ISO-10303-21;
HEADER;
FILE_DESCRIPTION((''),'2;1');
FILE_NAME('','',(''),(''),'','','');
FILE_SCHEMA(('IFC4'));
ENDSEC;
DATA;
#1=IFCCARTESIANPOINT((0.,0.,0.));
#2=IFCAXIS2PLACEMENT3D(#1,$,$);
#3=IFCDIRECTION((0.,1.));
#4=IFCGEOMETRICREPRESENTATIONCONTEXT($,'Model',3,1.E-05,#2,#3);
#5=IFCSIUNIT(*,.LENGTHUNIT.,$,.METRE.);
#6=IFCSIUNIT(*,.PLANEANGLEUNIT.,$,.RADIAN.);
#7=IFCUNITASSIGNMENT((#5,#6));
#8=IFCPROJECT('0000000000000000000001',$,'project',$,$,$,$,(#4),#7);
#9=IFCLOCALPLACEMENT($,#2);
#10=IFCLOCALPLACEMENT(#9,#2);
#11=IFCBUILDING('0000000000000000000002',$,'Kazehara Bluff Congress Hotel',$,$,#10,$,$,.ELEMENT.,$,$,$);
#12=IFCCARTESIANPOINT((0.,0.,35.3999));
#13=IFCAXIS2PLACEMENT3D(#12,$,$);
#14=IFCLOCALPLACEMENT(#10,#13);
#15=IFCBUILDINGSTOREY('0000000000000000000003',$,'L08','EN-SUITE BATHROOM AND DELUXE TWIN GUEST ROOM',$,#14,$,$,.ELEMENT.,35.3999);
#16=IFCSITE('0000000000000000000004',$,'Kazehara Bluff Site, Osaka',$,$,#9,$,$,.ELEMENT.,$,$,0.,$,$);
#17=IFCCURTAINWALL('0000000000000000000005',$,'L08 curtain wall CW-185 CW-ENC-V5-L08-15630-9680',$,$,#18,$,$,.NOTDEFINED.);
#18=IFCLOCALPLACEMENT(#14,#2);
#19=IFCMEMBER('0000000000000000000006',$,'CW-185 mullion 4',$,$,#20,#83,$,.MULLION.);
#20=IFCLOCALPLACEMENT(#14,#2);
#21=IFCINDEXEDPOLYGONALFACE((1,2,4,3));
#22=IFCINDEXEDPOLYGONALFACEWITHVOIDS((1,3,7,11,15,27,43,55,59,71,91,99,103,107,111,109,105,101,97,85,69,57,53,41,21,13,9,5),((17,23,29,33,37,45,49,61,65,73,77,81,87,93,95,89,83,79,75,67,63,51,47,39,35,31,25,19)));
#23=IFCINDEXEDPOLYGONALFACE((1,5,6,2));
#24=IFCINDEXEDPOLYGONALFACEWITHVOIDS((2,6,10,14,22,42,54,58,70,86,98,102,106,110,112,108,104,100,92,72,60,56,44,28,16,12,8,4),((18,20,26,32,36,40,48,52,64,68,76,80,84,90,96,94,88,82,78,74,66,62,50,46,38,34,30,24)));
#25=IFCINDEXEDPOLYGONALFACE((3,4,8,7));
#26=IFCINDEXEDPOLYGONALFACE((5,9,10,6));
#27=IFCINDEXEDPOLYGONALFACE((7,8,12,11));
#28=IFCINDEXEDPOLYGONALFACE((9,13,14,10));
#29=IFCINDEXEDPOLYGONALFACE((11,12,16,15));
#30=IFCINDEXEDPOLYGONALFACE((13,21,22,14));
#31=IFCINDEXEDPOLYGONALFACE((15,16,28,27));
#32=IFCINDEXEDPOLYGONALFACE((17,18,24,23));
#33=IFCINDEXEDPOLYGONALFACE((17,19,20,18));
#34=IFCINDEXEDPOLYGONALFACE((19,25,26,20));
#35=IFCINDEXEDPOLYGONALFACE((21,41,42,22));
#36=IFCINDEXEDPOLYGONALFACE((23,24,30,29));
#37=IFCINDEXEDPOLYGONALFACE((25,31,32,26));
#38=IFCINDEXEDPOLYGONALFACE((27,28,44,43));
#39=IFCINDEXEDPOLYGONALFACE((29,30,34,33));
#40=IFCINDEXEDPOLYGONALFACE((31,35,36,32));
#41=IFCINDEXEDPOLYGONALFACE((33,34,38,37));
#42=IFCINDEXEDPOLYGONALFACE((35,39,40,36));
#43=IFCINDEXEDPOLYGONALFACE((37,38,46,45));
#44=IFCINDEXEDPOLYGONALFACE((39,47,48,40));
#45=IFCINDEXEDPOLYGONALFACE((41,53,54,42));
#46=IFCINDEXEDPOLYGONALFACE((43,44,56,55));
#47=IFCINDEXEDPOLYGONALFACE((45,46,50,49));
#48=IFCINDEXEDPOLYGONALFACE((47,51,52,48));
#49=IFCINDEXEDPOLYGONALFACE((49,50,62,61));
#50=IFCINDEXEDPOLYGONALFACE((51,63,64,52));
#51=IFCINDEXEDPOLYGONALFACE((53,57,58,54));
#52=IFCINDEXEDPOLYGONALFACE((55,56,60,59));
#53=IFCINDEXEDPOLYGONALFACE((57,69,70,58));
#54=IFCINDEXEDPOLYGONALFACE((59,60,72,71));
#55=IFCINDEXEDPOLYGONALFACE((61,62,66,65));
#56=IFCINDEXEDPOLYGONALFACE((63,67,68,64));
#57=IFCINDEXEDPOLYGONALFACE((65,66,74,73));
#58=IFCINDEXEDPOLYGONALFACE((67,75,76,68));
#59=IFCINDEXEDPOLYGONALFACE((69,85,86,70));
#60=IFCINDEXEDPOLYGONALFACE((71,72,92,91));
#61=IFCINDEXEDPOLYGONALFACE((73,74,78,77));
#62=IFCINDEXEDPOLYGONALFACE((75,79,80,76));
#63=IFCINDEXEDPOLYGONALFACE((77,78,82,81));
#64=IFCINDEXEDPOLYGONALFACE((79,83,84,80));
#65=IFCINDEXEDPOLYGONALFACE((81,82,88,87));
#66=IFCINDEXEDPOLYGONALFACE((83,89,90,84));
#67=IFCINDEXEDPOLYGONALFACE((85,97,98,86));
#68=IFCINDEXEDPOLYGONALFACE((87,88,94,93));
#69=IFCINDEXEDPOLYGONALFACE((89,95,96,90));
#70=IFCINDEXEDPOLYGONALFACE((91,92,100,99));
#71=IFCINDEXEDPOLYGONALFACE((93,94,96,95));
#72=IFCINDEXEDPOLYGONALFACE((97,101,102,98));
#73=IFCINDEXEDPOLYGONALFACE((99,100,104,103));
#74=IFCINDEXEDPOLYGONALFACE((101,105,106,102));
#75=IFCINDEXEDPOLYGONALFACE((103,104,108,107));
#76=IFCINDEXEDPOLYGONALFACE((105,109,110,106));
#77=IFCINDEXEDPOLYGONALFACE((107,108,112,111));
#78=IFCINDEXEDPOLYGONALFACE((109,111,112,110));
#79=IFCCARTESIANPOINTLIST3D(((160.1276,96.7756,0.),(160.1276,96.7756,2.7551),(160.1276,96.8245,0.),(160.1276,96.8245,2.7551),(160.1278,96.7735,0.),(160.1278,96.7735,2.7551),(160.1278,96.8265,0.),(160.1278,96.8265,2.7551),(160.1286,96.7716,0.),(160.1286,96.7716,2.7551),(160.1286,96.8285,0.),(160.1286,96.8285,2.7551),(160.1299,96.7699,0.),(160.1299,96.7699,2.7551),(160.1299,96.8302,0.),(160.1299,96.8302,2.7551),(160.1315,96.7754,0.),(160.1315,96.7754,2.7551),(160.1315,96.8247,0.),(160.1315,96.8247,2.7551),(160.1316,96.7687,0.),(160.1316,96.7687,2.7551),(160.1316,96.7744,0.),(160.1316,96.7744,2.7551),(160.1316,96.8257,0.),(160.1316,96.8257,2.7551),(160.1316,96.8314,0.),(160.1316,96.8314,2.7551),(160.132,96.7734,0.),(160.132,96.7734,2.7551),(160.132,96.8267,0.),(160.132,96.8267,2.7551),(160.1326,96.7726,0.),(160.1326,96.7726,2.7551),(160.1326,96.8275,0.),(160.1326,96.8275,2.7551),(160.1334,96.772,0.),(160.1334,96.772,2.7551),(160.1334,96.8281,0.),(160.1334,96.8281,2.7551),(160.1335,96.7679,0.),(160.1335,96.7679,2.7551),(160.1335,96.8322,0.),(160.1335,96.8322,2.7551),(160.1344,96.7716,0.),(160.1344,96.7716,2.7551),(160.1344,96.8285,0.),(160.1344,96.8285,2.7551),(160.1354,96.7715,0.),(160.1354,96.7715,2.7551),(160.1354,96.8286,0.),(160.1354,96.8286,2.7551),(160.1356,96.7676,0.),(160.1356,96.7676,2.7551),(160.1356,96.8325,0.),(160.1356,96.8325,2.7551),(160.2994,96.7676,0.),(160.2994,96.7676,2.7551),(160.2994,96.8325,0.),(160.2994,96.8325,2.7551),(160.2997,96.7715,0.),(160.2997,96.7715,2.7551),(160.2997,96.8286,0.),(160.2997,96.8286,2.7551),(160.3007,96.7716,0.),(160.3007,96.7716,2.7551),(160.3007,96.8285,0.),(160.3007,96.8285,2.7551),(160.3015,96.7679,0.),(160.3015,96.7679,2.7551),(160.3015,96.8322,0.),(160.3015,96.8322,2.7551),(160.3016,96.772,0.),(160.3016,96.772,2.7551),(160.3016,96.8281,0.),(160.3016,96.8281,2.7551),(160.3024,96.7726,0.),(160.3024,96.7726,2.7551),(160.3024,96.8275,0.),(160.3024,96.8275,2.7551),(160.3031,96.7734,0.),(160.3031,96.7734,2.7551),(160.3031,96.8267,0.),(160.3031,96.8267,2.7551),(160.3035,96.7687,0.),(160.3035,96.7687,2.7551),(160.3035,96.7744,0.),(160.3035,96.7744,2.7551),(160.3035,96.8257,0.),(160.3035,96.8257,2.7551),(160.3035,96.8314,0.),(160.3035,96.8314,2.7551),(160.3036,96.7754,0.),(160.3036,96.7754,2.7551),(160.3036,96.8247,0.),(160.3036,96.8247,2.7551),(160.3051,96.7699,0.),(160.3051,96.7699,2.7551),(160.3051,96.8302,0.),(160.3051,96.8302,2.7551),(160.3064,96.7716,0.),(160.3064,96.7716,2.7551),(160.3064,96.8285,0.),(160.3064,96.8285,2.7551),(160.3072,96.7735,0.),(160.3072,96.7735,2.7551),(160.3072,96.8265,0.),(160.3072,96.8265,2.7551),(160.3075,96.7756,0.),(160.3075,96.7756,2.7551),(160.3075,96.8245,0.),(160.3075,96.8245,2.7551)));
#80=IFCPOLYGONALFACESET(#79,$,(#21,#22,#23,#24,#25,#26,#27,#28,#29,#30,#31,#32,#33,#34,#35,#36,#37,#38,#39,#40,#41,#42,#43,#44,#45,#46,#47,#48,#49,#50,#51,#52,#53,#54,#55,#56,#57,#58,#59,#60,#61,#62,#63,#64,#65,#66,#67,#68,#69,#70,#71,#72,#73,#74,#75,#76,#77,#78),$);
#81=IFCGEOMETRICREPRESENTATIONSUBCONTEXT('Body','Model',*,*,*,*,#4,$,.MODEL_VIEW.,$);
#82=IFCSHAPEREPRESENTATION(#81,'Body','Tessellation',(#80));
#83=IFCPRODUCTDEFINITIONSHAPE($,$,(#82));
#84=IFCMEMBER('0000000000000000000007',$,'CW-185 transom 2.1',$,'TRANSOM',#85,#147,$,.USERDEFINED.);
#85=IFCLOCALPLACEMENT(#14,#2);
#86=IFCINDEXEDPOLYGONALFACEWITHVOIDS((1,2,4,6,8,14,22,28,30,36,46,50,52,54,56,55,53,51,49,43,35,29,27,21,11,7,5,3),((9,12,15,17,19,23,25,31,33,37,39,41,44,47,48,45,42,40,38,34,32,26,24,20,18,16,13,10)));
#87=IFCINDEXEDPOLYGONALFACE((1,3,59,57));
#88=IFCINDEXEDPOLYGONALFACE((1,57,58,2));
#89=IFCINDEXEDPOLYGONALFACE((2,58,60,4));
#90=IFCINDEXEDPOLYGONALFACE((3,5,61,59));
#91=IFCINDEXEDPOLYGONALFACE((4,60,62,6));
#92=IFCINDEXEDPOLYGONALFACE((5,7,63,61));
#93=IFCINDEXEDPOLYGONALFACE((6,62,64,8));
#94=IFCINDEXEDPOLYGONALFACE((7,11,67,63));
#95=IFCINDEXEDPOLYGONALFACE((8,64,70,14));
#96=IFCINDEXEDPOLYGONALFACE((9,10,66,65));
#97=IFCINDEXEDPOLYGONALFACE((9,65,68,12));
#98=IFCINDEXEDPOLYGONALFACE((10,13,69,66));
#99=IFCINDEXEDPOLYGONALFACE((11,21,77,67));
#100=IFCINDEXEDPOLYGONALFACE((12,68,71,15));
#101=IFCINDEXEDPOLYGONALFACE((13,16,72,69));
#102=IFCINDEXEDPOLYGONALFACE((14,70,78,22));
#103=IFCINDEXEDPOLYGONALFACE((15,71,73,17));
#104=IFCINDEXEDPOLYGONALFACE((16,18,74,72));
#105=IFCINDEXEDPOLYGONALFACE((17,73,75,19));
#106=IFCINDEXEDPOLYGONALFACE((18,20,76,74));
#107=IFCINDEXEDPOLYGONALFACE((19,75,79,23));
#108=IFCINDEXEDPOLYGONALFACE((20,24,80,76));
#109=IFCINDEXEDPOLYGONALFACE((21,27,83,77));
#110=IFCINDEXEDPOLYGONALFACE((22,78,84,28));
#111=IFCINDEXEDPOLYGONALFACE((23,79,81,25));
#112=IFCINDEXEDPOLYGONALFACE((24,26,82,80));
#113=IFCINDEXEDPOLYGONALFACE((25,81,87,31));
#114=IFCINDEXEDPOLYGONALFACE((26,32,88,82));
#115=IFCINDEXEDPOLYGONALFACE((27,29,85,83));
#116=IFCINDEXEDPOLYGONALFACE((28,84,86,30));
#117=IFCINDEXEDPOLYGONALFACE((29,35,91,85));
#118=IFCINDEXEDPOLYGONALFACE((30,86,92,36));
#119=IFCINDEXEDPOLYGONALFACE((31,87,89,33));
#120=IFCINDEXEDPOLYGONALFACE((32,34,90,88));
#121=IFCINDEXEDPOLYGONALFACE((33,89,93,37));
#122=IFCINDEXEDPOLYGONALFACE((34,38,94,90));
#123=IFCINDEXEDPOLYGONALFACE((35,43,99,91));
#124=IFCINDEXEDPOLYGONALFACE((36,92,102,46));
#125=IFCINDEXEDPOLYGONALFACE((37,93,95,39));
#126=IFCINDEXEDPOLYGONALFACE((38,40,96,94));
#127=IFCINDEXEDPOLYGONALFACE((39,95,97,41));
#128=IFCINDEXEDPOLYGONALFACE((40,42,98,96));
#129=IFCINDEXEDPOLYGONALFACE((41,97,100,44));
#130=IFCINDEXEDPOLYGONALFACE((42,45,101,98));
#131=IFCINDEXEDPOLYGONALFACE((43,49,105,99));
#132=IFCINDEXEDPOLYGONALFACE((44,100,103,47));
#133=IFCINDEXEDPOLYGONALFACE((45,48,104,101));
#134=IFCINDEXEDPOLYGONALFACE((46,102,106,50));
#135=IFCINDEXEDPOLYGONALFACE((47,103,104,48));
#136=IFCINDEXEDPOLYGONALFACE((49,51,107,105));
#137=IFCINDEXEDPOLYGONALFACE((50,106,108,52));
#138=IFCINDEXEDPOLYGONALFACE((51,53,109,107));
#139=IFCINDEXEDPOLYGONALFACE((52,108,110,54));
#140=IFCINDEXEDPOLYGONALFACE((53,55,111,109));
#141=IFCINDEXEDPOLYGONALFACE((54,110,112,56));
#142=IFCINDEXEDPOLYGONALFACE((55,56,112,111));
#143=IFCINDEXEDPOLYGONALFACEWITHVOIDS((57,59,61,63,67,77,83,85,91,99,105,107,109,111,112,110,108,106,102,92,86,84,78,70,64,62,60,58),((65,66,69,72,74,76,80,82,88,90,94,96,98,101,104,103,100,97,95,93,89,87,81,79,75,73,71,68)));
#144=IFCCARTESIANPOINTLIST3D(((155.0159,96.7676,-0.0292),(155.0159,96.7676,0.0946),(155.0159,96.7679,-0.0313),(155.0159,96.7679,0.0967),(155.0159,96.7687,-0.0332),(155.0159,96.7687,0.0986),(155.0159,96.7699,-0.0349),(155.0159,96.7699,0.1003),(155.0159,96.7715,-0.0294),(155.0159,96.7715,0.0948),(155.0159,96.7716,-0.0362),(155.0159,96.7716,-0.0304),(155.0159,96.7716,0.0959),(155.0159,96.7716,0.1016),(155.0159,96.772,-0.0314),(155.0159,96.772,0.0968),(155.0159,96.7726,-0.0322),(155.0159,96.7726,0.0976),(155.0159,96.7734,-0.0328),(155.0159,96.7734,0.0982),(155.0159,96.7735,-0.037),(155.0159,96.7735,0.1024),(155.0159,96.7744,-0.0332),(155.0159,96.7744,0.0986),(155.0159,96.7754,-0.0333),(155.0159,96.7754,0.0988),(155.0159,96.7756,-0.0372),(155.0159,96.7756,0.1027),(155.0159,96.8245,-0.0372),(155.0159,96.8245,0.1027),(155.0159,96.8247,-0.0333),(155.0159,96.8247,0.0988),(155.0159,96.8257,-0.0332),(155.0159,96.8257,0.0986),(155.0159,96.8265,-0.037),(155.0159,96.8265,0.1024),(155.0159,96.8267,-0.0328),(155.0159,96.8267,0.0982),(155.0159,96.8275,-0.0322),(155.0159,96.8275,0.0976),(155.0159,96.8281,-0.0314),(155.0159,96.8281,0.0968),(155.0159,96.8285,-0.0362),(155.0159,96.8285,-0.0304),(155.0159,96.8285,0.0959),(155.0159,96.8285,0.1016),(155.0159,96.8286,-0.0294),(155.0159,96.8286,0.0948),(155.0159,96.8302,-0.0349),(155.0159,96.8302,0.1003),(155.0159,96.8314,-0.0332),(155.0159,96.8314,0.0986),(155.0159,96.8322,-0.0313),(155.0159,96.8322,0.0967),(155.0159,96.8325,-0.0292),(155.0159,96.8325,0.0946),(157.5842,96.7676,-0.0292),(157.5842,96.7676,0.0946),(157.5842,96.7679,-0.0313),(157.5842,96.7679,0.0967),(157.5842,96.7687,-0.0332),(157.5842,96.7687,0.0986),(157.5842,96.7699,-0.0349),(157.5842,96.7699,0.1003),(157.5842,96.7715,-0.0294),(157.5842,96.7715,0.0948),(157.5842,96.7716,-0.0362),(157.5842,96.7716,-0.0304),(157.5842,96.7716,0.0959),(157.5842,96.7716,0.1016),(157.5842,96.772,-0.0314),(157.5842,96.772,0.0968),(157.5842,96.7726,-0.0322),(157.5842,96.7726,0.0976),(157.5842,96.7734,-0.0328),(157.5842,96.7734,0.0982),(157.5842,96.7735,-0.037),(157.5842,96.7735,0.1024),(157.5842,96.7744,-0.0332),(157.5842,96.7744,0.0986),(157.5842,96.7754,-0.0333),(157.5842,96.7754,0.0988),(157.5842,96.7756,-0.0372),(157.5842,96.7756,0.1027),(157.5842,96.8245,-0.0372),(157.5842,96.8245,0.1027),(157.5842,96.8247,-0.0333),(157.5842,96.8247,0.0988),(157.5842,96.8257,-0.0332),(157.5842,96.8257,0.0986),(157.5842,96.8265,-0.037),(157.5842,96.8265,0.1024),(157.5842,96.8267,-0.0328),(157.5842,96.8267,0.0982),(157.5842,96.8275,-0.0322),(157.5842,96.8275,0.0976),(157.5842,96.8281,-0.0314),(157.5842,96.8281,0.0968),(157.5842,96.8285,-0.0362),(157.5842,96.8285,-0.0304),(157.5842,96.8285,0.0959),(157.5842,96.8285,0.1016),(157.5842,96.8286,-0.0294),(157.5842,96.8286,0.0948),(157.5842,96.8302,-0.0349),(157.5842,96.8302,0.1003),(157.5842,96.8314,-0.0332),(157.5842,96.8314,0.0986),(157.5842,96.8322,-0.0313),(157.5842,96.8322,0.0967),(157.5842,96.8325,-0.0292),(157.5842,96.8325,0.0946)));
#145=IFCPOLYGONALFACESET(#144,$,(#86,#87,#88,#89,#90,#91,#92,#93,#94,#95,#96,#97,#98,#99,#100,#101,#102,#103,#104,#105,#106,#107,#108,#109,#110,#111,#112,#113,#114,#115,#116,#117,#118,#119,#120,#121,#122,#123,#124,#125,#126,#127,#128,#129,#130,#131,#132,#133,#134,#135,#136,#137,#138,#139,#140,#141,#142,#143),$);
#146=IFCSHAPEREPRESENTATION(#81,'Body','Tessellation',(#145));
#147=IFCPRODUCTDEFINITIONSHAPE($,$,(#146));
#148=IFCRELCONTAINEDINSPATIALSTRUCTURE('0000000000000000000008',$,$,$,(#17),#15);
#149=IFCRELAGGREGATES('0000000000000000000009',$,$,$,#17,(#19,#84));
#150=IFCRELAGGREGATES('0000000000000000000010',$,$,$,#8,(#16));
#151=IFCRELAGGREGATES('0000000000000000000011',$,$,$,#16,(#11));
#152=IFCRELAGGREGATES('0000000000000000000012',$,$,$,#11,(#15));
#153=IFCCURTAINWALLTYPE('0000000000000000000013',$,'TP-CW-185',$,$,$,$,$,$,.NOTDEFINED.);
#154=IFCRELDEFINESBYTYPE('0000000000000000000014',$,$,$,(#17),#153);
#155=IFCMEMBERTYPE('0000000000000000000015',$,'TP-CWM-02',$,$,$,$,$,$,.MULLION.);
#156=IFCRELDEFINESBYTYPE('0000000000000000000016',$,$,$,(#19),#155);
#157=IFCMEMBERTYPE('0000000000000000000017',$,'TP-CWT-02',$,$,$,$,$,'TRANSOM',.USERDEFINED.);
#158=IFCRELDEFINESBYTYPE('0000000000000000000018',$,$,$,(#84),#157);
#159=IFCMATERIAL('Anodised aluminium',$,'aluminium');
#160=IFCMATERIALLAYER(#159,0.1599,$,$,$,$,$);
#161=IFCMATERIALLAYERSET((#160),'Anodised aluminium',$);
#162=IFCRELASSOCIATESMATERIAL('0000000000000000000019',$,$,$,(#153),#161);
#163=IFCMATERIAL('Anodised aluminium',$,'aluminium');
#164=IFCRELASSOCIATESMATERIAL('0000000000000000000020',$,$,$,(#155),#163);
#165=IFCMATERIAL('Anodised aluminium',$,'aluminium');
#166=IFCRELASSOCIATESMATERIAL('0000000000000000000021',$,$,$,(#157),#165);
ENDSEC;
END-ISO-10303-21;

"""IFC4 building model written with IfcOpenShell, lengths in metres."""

from ifc_helpers import new_model, si_unit, direction, frame, origin, origin_2d, place, context, subcontext, project, spatial, hollow_rectangle, extrude, material, layer, layer_set, material_profile, profile_set, type_object, element, aggregate, save


model = new_model("IFC4")

# Units and contexts
model_context = context("Model", 3, precision=1e-05, world=origin(), true_north=direction((0.0, 1.0)))
body_context = subcontext(model_context, "Body", "Model", "MODEL_VIEW")
ifc_project = project(units=[si_unit("LENGTHUNIT", "METRE"), si_unit("PLANEANGLEUNIT", "RADIAN")], contexts=[model_context])

# Site, building, storey
site_placement = place(None, origin())
site = spatial("IfcSite", under=ifc_project, at=site_placement, Name="Kazehara Bluff Site, Osaka", CompositionType="ELEMENT", RefElevation=0.0)
building_placement = place(site_placement, origin())
building = spatial("IfcBuilding", under=site, at=building_placement, Name="Kazehara Bluff Congress Hotel", CompositionType="ELEMENT")
storey_placement = place(building_placement, frame((0.0, 0.0, 35.3999)))
storey = spatial("IfcBuildingStorey", under=building, at=storey_placement, Name="L08", Description="EN-SUITE BATHROOM AND DELUXE TWIN GUEST ROOM", CompositionType="ELEMENT", Elevation=35.3999)

# Curtain wall, members
ifc_material_1 = material(Name="Anodised aluminium", Category="aluminium")
ifc_layer_1 = layer(ifc_material_1, 0.1599)
ifc_layer_set_1 = layer_set([ifc_layer_1], Name="Anodised aluminium")
curtain_wall_type = type_object("IfcCurtainWallType", Name="TP-CW-185", PredefinedType="NOTDEFINED", material=ifc_layer_set_1)
curtain_wall_placement = place(storey_placement, origin())
curtain_wall = element("IfcCurtainWall", 1, at=curtain_wall_placement, inside=storey, type_object=curtain_wall_type, Name="L08 curtain wall CW-185 CW-ENC-V5-L08-15630-9680", PredefinedType="NOTDEFINED")
ifc_material_2 = material(Name="Anodised aluminium", Category="aluminium")
ifc_material_profile_1 = material_profile(ifc_material_2, hollow_rectangle(XDim=0.0649, YDim=0.1799, WallThickness=0.0039, InnerFilletRadius=0.0039, OuterFilletRadius=0.0081, at=origin_2d()))
ifc_profile_set_1 = profile_set([ifc_material_profile_1], Name="Anodised aluminium")
member_type_1 = type_object("IfcMemberType", Name="TP-CWM-02", PredefinedType="MULLION", material=ifc_profile_set_1)
member_1_placement = place(storey_placement, frame((160.2175, 96.8, 0.0), z_axis=(0.0, 0.0, 1.0), x_axis=(0.0, 1.0, 0.0)))
member_1 = element("IfcMember", 2, at=member_1_placement, type_object=member_type_1, Name="CW-185 mullion 4", PredefinedType="MULLION", context=body_context, shape_type="SweptSolid", body=[
    extrude(hollow_rectangle(XDim=0.0649, YDim=0.1799, WallThickness=0.0039, InnerFilletRadius=0.0039, OuterFilletRadius=0.0081, at=origin_2d()), origin(), (0.0, 0.0, 1.0), 2.7551),
])
ifc_material_3 = material(Name="Anodised aluminium", Category="aluminium")
ifc_material_profile_2 = material_profile(ifc_material_3, hollow_rectangle(XDim=0.0649, YDim=0.1399, WallThickness=0.0039, InnerFilletRadius=0.0039, OuterFilletRadius=0.0081, at=origin_2d()))
ifc_profile_set_2 = profile_set([ifc_material_profile_2], Name="Anodised aluminium")
member_type_2 = type_object("IfcMemberType", Name="TP-CWT-02", ElementType="TRANSOM", PredefinedType="USERDEFINED", material=ifc_profile_set_2)
member_2_placement = place(storey_placement, frame((155.0159, 96.8, 0.0327), z_axis=(1.0, 0.0, 0.0), x_axis=(0.0, 1.0, 0.0)))
member_2 = element("IfcMember", 3, at=member_2_placement, type_object=member_type_2, Name="CW-185 transom 2.1", ObjectType="TRANSOM", PredefinedType="USERDEFINED", context=body_context, shape_type="SweptSolid", body=[
    extrude(hollow_rectangle(XDim=0.0649, YDim=0.1399, WallThickness=0.0039, InnerFilletRadius=0.0039, OuterFilletRadius=0.0081, at=origin_2d()), origin(), (0.0, 0.0, 1.0), 2.5684),
])
aggregate(curtain_wall, [member_1, member_2])

save(model, "model.ifc")
